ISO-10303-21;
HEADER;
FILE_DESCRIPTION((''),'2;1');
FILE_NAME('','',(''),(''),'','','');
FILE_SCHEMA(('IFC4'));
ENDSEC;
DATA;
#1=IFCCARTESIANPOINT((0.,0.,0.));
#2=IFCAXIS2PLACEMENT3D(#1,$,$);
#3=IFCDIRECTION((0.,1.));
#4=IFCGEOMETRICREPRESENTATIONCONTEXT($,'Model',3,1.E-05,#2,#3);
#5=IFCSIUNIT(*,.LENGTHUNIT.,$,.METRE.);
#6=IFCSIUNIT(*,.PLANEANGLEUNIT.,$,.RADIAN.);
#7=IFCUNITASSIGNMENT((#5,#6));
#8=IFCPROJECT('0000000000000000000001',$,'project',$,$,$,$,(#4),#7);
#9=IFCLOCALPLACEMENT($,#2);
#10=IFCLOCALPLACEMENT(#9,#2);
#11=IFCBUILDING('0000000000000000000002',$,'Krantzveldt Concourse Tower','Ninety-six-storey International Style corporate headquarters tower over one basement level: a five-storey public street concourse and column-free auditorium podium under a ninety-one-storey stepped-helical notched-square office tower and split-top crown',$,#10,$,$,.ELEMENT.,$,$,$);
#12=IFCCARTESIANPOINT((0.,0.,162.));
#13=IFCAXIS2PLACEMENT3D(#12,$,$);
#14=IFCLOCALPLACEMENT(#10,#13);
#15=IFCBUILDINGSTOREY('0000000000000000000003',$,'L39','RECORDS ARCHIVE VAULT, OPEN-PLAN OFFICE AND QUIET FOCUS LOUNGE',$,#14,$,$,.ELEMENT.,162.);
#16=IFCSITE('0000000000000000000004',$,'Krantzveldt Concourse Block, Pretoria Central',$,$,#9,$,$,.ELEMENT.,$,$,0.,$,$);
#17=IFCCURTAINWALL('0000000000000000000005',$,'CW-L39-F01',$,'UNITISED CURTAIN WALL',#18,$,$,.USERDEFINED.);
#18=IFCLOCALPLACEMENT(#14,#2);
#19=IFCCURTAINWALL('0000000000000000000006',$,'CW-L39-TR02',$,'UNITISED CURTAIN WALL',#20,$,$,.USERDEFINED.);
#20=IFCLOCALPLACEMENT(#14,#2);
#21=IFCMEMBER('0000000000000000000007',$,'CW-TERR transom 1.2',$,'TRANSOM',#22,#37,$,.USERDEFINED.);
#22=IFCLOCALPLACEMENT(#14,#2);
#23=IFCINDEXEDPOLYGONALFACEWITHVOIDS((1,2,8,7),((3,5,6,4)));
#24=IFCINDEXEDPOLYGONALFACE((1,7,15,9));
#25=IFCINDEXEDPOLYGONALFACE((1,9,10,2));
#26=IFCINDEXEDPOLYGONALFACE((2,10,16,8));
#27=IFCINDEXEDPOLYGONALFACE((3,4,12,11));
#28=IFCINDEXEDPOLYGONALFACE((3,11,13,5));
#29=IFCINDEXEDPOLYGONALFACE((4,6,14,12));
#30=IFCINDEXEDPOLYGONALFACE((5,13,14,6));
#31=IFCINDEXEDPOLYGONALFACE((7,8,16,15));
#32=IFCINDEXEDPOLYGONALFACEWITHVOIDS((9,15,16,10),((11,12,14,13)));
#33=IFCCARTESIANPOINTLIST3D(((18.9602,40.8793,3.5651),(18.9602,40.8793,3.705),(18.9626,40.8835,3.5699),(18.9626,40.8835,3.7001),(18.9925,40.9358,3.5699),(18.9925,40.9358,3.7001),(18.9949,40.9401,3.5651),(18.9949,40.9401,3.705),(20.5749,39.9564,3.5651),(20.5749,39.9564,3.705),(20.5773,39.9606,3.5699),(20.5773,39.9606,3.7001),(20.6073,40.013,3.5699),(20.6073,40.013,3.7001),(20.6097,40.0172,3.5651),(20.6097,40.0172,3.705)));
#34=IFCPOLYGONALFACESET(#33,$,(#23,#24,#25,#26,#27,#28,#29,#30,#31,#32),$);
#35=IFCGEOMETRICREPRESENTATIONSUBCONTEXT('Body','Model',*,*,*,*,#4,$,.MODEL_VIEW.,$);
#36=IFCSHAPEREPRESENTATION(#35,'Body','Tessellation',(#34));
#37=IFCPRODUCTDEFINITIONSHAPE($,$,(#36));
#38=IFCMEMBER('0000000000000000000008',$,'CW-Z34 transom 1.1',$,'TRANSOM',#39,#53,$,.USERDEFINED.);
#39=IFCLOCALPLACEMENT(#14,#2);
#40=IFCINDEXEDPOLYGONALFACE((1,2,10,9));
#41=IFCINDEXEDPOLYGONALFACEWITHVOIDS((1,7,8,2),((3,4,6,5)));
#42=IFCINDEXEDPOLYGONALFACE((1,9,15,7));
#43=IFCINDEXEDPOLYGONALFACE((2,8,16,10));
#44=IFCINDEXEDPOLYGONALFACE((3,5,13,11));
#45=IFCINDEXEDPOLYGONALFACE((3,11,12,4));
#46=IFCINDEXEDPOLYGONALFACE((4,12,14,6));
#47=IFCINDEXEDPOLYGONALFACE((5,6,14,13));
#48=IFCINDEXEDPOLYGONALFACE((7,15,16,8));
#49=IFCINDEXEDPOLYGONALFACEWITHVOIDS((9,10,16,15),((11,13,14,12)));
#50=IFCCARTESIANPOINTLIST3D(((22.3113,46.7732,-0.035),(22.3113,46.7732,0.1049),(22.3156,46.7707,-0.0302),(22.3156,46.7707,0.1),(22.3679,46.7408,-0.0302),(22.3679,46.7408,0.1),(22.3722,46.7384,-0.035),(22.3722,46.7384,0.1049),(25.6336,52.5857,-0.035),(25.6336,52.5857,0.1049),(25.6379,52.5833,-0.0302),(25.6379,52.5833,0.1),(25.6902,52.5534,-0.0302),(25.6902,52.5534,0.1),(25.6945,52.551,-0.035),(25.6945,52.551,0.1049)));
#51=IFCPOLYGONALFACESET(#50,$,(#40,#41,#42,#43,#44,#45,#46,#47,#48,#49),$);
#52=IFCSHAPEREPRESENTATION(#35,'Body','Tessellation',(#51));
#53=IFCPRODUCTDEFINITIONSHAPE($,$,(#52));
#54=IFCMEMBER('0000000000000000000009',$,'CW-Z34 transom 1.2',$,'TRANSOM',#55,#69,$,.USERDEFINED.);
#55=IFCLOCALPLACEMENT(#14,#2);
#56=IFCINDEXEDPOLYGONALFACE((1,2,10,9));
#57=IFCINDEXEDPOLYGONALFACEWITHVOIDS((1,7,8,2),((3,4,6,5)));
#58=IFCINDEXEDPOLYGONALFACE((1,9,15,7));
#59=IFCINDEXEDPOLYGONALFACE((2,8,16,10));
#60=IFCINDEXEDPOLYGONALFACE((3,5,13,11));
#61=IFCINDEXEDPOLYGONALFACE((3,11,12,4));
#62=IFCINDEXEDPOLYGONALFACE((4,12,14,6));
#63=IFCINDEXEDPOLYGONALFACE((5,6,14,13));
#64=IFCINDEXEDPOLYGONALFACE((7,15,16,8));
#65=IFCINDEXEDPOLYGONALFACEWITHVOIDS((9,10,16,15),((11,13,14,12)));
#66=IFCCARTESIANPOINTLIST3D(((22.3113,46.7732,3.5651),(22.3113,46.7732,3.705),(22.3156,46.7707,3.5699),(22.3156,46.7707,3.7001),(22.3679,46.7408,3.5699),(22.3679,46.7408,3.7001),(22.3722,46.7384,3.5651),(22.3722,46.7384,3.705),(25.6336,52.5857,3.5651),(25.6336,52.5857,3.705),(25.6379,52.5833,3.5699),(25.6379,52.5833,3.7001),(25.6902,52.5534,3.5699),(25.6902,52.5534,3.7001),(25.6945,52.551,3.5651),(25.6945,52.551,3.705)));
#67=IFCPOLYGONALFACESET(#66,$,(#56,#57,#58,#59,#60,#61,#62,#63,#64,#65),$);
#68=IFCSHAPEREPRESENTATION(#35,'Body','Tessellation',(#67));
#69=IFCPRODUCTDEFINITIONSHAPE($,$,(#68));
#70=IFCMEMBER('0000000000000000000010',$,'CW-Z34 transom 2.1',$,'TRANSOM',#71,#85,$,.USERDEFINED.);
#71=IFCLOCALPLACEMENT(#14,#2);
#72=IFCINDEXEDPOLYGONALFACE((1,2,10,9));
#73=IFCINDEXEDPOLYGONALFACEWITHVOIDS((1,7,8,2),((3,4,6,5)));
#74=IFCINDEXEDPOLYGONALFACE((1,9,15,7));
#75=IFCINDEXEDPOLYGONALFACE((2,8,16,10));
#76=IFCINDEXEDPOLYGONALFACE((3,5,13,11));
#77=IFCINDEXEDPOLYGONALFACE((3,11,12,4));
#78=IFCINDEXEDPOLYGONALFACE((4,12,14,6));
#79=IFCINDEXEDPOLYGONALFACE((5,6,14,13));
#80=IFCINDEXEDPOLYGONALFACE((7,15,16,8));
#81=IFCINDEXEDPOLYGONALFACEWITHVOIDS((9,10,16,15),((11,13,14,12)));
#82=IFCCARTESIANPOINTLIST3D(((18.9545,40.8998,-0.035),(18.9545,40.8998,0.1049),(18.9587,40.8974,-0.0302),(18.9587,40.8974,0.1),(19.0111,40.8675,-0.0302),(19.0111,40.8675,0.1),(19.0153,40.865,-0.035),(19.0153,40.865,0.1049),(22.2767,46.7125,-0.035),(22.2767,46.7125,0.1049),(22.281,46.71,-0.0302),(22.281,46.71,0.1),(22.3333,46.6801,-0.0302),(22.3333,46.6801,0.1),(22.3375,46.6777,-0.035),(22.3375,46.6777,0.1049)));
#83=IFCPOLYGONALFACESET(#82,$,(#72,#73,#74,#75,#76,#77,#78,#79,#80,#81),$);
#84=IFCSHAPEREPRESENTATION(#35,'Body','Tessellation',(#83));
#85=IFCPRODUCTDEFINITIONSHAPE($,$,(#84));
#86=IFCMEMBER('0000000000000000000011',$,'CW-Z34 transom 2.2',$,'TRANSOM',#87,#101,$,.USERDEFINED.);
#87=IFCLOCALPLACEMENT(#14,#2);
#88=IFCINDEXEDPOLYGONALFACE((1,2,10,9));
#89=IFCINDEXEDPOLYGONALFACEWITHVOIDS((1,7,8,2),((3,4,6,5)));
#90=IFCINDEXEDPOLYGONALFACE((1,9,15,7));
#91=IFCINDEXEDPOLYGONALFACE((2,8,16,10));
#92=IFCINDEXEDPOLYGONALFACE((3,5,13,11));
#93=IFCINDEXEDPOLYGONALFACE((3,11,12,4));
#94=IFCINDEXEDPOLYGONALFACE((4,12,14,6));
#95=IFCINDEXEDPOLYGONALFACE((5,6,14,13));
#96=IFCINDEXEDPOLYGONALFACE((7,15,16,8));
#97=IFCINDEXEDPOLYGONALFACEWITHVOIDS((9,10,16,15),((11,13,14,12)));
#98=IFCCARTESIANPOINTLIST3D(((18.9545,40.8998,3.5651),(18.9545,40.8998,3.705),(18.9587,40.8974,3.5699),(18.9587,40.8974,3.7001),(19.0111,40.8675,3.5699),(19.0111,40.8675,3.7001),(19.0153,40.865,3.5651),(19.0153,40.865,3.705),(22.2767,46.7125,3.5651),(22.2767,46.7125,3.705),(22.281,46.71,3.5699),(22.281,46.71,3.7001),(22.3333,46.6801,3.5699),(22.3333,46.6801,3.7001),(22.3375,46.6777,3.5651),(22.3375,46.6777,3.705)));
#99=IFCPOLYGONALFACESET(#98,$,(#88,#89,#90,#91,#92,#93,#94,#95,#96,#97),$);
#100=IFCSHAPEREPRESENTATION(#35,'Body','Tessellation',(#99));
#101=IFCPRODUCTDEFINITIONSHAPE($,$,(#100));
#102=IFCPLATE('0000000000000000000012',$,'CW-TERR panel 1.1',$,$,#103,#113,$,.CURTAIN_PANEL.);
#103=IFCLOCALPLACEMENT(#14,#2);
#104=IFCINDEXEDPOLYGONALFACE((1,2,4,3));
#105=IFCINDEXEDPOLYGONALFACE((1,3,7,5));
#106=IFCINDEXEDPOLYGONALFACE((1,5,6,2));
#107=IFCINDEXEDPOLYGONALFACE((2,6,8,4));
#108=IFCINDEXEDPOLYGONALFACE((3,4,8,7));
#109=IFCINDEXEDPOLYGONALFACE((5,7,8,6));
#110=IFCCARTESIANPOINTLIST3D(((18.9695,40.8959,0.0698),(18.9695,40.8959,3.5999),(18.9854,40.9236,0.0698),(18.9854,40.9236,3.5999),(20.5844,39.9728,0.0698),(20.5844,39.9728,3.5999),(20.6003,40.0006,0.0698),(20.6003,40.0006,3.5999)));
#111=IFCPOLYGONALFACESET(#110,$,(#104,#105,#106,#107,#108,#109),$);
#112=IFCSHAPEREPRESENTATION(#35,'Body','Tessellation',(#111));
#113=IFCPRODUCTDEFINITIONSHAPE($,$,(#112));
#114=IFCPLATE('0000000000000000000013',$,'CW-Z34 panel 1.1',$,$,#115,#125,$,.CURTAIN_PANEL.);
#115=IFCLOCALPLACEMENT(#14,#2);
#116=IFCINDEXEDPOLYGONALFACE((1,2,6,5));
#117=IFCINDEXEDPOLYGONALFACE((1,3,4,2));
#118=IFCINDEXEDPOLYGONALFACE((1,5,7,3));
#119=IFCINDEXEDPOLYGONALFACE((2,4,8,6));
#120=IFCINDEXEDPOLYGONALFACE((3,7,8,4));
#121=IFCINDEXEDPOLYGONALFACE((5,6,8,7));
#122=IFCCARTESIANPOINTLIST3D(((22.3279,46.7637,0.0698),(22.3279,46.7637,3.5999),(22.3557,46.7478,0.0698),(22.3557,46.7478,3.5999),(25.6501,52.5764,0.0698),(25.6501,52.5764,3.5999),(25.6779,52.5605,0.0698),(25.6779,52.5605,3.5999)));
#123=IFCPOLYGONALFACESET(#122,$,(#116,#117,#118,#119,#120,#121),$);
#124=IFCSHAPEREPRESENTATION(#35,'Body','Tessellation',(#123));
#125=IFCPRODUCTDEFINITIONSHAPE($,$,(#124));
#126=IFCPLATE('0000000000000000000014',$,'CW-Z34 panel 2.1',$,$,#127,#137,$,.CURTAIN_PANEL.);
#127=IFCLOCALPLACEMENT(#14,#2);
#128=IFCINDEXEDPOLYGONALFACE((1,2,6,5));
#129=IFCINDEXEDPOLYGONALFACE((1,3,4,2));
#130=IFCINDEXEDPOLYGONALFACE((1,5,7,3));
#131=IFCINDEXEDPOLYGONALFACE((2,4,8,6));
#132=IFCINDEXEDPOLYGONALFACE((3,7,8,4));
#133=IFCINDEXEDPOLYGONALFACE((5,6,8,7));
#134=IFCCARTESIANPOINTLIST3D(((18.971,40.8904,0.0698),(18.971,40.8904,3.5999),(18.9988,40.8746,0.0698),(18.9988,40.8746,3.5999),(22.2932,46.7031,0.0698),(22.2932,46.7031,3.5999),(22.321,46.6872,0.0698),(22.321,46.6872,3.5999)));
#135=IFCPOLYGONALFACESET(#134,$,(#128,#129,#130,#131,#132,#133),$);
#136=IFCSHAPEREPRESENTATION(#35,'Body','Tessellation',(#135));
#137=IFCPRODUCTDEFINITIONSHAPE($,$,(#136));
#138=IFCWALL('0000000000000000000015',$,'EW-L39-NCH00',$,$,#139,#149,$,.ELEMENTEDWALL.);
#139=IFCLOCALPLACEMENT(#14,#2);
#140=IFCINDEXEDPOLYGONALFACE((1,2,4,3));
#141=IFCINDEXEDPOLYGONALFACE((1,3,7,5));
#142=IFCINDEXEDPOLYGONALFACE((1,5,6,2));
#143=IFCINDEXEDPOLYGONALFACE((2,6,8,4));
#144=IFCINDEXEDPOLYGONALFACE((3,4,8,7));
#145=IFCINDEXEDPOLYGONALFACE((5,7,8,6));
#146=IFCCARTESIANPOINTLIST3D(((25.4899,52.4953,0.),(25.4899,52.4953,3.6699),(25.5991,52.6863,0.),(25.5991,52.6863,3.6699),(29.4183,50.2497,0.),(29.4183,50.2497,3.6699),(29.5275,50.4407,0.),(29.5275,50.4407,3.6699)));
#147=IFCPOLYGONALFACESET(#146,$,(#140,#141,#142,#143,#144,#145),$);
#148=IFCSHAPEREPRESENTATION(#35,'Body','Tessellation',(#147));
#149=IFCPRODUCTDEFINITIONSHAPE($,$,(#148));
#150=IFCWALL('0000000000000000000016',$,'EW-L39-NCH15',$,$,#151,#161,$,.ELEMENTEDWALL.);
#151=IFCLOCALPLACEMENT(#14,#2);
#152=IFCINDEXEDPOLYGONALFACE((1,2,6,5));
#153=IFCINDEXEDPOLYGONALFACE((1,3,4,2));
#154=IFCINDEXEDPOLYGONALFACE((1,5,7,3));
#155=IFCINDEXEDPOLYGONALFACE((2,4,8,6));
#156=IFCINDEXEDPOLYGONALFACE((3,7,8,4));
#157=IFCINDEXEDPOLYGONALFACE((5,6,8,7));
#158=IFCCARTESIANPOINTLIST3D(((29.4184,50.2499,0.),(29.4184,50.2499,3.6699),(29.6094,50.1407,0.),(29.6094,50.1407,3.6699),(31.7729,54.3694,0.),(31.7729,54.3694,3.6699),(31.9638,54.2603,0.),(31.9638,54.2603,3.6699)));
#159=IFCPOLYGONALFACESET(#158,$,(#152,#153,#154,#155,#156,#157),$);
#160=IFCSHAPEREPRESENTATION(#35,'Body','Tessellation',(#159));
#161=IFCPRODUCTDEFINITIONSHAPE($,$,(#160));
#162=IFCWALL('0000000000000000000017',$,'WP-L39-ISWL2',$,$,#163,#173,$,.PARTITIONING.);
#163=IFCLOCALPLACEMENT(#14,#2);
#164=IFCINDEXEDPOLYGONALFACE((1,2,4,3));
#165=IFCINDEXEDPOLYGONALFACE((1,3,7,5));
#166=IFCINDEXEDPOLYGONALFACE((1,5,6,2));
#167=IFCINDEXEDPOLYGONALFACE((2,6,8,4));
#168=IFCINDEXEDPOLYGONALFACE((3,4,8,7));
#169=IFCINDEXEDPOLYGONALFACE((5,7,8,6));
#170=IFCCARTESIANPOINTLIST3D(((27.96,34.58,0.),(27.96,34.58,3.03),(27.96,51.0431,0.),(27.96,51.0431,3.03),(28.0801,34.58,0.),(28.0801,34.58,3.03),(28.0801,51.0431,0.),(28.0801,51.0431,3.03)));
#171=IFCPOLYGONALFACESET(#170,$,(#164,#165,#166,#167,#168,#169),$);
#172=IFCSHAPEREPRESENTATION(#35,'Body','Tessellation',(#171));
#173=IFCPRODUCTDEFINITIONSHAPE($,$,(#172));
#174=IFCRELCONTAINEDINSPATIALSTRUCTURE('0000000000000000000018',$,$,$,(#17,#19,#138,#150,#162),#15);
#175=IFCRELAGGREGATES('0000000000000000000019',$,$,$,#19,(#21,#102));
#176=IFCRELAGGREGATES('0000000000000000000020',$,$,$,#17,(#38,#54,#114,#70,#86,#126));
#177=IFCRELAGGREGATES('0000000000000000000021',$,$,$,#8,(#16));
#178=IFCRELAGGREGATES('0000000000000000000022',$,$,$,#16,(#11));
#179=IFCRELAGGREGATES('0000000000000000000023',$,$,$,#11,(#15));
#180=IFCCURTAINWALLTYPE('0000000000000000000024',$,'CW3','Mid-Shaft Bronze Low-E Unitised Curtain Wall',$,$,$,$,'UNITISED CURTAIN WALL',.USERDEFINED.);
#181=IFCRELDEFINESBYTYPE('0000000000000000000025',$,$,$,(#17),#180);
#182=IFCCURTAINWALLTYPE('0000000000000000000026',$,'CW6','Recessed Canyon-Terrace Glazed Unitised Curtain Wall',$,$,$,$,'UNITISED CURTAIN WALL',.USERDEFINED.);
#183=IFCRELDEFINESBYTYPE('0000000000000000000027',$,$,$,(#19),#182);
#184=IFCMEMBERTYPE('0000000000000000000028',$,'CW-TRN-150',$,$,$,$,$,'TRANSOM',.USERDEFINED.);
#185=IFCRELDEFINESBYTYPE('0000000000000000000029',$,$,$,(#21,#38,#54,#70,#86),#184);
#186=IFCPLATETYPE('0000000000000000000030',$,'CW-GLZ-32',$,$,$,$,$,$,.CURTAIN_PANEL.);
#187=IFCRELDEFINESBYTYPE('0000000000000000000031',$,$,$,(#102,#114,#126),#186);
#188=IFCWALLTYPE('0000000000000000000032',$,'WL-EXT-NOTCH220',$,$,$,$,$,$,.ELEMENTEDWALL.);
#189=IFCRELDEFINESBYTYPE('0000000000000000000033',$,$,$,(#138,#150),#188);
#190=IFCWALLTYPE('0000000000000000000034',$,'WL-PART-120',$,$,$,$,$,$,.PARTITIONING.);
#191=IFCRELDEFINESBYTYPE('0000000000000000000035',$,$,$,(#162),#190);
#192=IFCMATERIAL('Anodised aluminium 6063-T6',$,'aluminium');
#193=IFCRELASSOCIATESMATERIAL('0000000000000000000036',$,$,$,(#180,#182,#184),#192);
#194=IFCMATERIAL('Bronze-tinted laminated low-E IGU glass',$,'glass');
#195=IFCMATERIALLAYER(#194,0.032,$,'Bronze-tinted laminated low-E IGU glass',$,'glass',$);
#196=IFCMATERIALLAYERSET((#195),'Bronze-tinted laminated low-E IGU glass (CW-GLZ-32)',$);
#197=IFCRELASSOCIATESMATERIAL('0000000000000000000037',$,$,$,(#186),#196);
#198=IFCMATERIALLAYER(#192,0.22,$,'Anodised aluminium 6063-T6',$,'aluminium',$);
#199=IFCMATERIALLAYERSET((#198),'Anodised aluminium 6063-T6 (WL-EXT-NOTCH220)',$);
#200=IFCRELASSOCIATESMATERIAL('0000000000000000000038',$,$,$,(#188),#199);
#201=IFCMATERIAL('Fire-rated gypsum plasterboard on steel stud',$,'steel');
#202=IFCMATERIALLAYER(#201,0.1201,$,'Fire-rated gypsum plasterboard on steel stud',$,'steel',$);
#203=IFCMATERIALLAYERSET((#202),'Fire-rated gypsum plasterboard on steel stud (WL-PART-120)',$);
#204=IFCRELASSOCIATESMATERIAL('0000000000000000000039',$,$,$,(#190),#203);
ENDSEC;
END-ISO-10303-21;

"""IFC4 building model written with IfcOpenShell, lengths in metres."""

from ifc_helpers import new_model, si_unit, direction, frame, frame_2d, origin, origin_2d, place, context, subcontext, project, spatial, rectangle, hollow_rectangle, extrude, source, transform, mapped, material, layer, layer_set, material_profile, profile_set, type_object, type_shapes, element, aggregate, save


model = new_model("IFC4")

# Units and contexts
model_context = context("Model", 3, precision=1e-05, world=origin(), true_north=direction((0.0, 1.0)))
body_context = subcontext(model_context, "Body", "Model", "MODEL_VIEW")
ifc_project = project(units=[si_unit("LENGTHUNIT", "METRE"), si_unit("PLANEANGLEUNIT", "RADIAN")], contexts=[model_context])

# Site, building, storey
site_placement = place(None, origin())
site = spatial("IfcSite", under=ifc_project, at=site_placement, Name="Krantzveldt Concourse Block, Pretoria Central", CompositionType="ELEMENT", RefElevation=0.0)
building_placement = place(site_placement, origin())
building = spatial("IfcBuilding", under=site, at=building_placement, Name="Krantzveldt Concourse Tower", Description="Ninety-six-storey International Style corporate headquarters tower over one basement level: a five-storey public street concourse and column-free auditorium podium under a ninety-one-storey stepped-helical notched-square office tower and split-top crown", CompositionType="ELEMENT")
storey_placement = place(building_placement, frame((0.0, 0.0, 162.0)))
storey = spatial("IfcBuildingStorey", under=building, at=storey_placement, Name="L39", Description="RECORDS ARCHIVE VAULT, OPEN-PLAN OFFICE AND QUIET FOCUS LOUNGE", CompositionType="ELEMENT", Elevation=162.0)

# Curtain walls
ifc_material_1 = material(Name="Anodised aluminium 6063-T6", Category="aluminium")
curtain_wall_type_1 = type_object("IfcCurtainWallType", Name="CW3", Description="Mid-Shaft Bronze Low-E Unitised Curtain Wall", ElementType="UNITISED CURTAIN WALL", PredefinedType="USERDEFINED", material=ifc_material_1)
curtain_wall_1_placement = place(storey_placement, origin())
curtain_wall_1 = element("IfcCurtainWall", 1, at=curtain_wall_1_placement, inside=storey, type_object=curtain_wall_type_1, Name="CW-L39-F01", ObjectType="UNITISED CURTAIN WALL", PredefinedType="USERDEFINED")
curtain_wall_type_2 = type_object("IfcCurtainWallType", Name="CW6", Description="Recessed Canyon-Terrace Glazed Unitised Curtain Wall", ElementType="UNITISED CURTAIN WALL", PredefinedType="USERDEFINED", material=ifc_material_1)
curtain_wall_2_placement = place(storey_placement, origin())
curtain_wall_2 = element("IfcCurtainWall", 2, at=curtain_wall_2_placement, inside=storey, type_object=curtain_wall_type_2, Name="CW-L39-TR02", ObjectType="UNITISED CURTAIN WALL", PredefinedType="USERDEFINED")

# Members
ifc_material_profile_1 = material_profile(ifc_material_1, hollow_rectangle(XDim=0.0701, YDim=0.1399, WallThickness=0.0049, at=origin_2d()), Name="Anodised aluminium 6063-T6", Category="aluminium")
ifc_profile_set_1 = profile_set([ifc_material_profile_1], Name="Anodised aluminium 6063-T6 - ALU-TRAN 140x70x5")
member_type_1 = type_object("IfcMemberType", Name="CW-TRN-150", ElementType="TRANSOM", PredefinedType="USERDEFINED", material=ifc_profile_set_1)
shared_shape_1 = source(origin(), body_context, "Body", "SweptSolid", [
    extrude(hollow_rectangle(XDim=0.0701, YDim=0.1399, WallThickness=0.0049, at=origin_2d()), origin(), (0.0, 0.0, 1.0), 1.8599),
])
member_1_placement = place(storey_placement, frame((18.9775, 40.9097, 3.635), z_axis=(0.868211, -0.496195, 0.0), x_axis=(0.496195, 0.868211, 0.0)))
member_1 = element("IfcMember", 3, at=member_1_placement, type_object=member_type_1, Name="CW-TERR transom 1.2", ObjectType="TRANSOM", PredefinedType="USERDEFINED", context=body_context, shape_type="MappedRepresentation", body=[
    mapped(shared_shape_1, transform((0.0, 0.0, 0.0), x_axis=(1.0, 0.0, 0.0), y_axis=(0.0, 1.0, 0.0), z_axis=(0.0, 0.0, 1.0), scale=1.0)),
])
shared_shape_2 = source(origin(), body_context, "Body", "SweptSolid", [
    extrude(hollow_rectangle(XDim=0.0701, YDim=0.1399, WallThickness=0.0049, at=origin_2d()), origin(), (0.0, 0.0, 1.0), 6.6951),
])
type_shapes(member_type_1, [shared_shape_1, shared_shape_2])
member_2_placement = place(storey_placement, frame((25.6641, 52.5684, 0.0349), z_axis=(-0.496233, -0.868189, 0.0), x_axis=(0.868189, -0.496233, 0.0)))
member_2 = element("IfcMember", 4, at=member_2_placement, type_object=member_type_1, Name="CW-Z34 transom 1.1", ObjectType="TRANSOM", PredefinedType="USERDEFINED", context=body_context, shape_type="MappedRepresentation", body=[
    mapped(shared_shape_2, transform((0.0, 0.0, 0.0), x_axis=(1.0, 0.0, 0.0), y_axis=(0.0, 1.0, 0.0), z_axis=(0.0, 0.0, 1.0), scale=1.0)),
])
member_3_placement = place(storey_placement, frame((25.6641, 52.5684, 3.635), z_axis=(-0.496233, -0.868189, 0.0), x_axis=(0.868189, -0.496233, 0.0)))
member_3 = element("IfcMember", 5, at=member_3_placement, type_object=member_type_1, Name="CW-Z34 transom 1.2", ObjectType="TRANSOM", PredefinedType="USERDEFINED", context=body_context, shape_type="MappedRepresentation", body=[
    mapped(shared_shape_2, transform((0.0, 0.0, 0.0), x_axis=(1.0, 0.0, 0.0), y_axis=(0.0, 1.0, 0.0), z_axis=(0.0, 0.0, 1.0), scale=1.0)),
])
member_4_placement = place(storey_placement, frame((22.3071, 46.6951, 0.0349), z_axis=(-0.496217, -0.868198, 0.0), x_axis=(0.868198, -0.496217, 0.0)))
member_4 = element("IfcMember", 6, at=member_4_placement, type_object=member_type_1, Name="CW-Z34 transom 2.1", ObjectType="TRANSOM", PredefinedType="USERDEFINED", context=body_context, shape_type="MappedRepresentation", body=[
    mapped(shared_shape_2, transform((0.0, 0.0, 0.0), x_axis=(1.0, 0.0, 0.0), y_axis=(0.0, 1.0, 0.0), z_axis=(0.0, 0.0, 1.0), scale=1.0)),
])
member_5_placement = place(storey_placement, frame((22.3071, 46.6951, 3.635), z_axis=(-0.496217, -0.868198, 0.0), x_axis=(0.868198, -0.496217, 0.0)))
member_5 = element("IfcMember", 7, at=member_5_placement, type_object=member_type_1, Name="CW-Z34 transom 2.2", ObjectType="TRANSOM", PredefinedType="USERDEFINED", context=body_context, shape_type="MappedRepresentation", body=[
    mapped(shared_shape_2, transform((0.0, 0.0, 0.0), x_axis=(1.0, 0.0, 0.0), y_axis=(0.0, 1.0, 0.0), z_axis=(0.0, 0.0, 1.0), scale=1.0)),
])

# Plates
ifc_material_2 = material(Name="Bronze-tinted laminated low-E IGU glass", Category="glass")
ifc_layer_1 = layer(ifc_material_2, 0.032, Name="Bronze-tinted laminated low-E IGU glass", Category="glass")
ifc_layer_set_1 = layer_set([ifc_layer_1], Name="Bronze-tinted laminated low-E IGU glass (CW-GLZ-32)")
plate_type = type_object("IfcPlateType", Name="CW-GLZ-32", PredefinedType="CURTAIN_PANEL", material=ifc_layer_set_1)
shared_shape_3 = source(origin(), body_context, "Body", "SweptSolid", [
    extrude(rectangle(XDim=1.8601, YDim=0.032, at=origin_2d()), origin(), (0.0, 0.0, 1.0), 3.53),
])
plate_1_placement = place(storey_placement, frame((19.7849, 40.4482, 0.0698), z_axis=(0.0, 0.0, 1.0), x_axis=(0.868198, -0.496219, 0.0)))
plate_1 = element("IfcPlate", 8, at=plate_1_placement, type_object=plate_type, Name="CW-TERR panel 1.1", PredefinedType="CURTAIN_PANEL", context=body_context, shape_type="MappedRepresentation", body=[
    mapped(shared_shape_3, transform((0.0, 0.0, 0.0), x_axis=(1.0, 0.0, 0.0), y_axis=(0.0, 1.0, 0.0), z_axis=(0.0, 0.0, 1.0), scale=1.0)),
])
aggregate(curtain_wall_2, [member_1, plate_1])
shared_shape_4 = source(origin(), body_context, "Body", "SweptSolid", [
    extrude(rectangle(XDim=6.6951, YDim=0.032, at=origin_2d()), origin(), (0.0, 0.0, 1.0), 3.53),
])
type_shapes(plate_type, [shared_shape_3, shared_shape_4])
plate_2_placement = place(storey_placement, frame((24.0029, 49.6621, 0.0698), z_axis=(0.0, 0.0, 1.0), x_axis=(-0.496216, -0.868199, 0.0)))
plate_2 = element("IfcPlate", 9, at=plate_2_placement, type_object=plate_type, Name="CW-Z34 panel 1.1", PredefinedType="CURTAIN_PANEL", context=body_context, shape_type="MappedRepresentation", body=[
    mapped(shared_shape_4, transform((0.0, 0.0, 0.0), x_axis=(1.0, 0.0, 0.0), y_axis=(0.0, 1.0, 0.0), z_axis=(0.0, 0.0, 1.0), scale=1.0)),
])
plate_3_placement = place(storey_placement, frame((20.646, 43.7888, 0.0698), z_axis=(0.0, 0.0, 1.0), x_axis=(-0.496216, -0.868199, 0.0)))
plate_3 = element("IfcPlate", 10, at=plate_3_placement, type_object=plate_type, Name="CW-Z34 panel 2.1", PredefinedType="CURTAIN_PANEL", context=body_context, shape_type="MappedRepresentation", body=[
    mapped(shared_shape_4, transform((0.0, 0.0, 0.0), x_axis=(1.0, 0.0, 0.0), y_axis=(0.0, 1.0, 0.0), z_axis=(0.0, 0.0, 1.0), scale=1.0)),
])
aggregate(curtain_wall_1, [member_2, member_3, plate_2, member_4, member_5, plate_3])

# Walls
ifc_layer_2 = layer(ifc_material_1, 0.22, Name="Anodised aluminium 6063-T6", Category="aluminium")
ifc_layer_set_2 = layer_set([ifc_layer_2], Name="Anodised aluminium 6063-T6 (WL-EXT-NOTCH220)")
wall_type_1 = type_object("IfcWallType", Name="WL-EXT-NOTCH220", PredefinedType="ELEMENTEDWALL", material=ifc_layer_set_2)
wall_1_placement = place(storey_placement, frame((29.4729, 50.3452, 0.0), z_axis=(0.0, 0.0, 1.0), x_axis=(-0.86817, 0.496267, 0.0)))
element("IfcWall", 11, at=wall_1_placement, inside=storey, type_object=wall_type_1, Name="EW-L39-NCH00", PredefinedType="ELEMENTEDWALL", context=body_context, shape_type="SweptSolid", body=[
    extrude(rectangle(XDim=4.5249, YDim=0.22, at=frame_2d((2.2625, 0.0))), origin(), (0.0, 0.0, 1.0), 3.6699),
])
wall_2_placement = place(storey_placement, frame((31.8684, 54.3149, 0.0), z_axis=(0.0, 0.0, 1.0), x_axis=(-0.496205, -0.868205, 0.0)))
element("IfcWall", 12, at=wall_2_placement, inside=storey, type_object=wall_type_1, Name="EW-L39-NCH15", PredefinedType="ELEMENTEDWALL", context=body_context, shape_type="SweptSolid", body=[
    extrude(rectangle(XDim=4.7449, YDim=0.22, at=frame_2d((2.3726, 0.0))), origin(), (0.0, 0.0, 1.0), 3.6699),
])
ifc_material_3 = material(Name="Fire-rated gypsum plasterboard on steel stud", Category="steel")
ifc_layer_3 = layer(ifc_material_3, 0.1201, Name="Fire-rated gypsum plasterboard on steel stud", Category="steel")
ifc_layer_set_3 = layer_set([ifc_layer_3], Name="Fire-rated gypsum plasterboard on steel stud (WL-PART-120)")
wall_type_2 = type_object("IfcWallType", Name="WL-PART-120", PredefinedType="PARTITIONING", material=ifc_layer_set_3)
wall_3_placement = place(storey_placement, frame((28.02, 34.5801, 0.0), z_axis=(0.0, 0.0, 1.0), x_axis=(0.0, 1.0, 0.0)))
element("IfcWall", 13, at=wall_3_placement, inside=storey, type_object=wall_type_2, Name="WP-L39-ISWL2", PredefinedType="PARTITIONING", context=body_context, shape_type="SweptSolid", body=[
    extrude(rectangle(XDim=16.4631, YDim=0.1201, at=frame_2d((8.2314, 0.0))), origin(), (0.0, 0.0, 1.0), 3.03),
])

save(model, "model.ifc")
